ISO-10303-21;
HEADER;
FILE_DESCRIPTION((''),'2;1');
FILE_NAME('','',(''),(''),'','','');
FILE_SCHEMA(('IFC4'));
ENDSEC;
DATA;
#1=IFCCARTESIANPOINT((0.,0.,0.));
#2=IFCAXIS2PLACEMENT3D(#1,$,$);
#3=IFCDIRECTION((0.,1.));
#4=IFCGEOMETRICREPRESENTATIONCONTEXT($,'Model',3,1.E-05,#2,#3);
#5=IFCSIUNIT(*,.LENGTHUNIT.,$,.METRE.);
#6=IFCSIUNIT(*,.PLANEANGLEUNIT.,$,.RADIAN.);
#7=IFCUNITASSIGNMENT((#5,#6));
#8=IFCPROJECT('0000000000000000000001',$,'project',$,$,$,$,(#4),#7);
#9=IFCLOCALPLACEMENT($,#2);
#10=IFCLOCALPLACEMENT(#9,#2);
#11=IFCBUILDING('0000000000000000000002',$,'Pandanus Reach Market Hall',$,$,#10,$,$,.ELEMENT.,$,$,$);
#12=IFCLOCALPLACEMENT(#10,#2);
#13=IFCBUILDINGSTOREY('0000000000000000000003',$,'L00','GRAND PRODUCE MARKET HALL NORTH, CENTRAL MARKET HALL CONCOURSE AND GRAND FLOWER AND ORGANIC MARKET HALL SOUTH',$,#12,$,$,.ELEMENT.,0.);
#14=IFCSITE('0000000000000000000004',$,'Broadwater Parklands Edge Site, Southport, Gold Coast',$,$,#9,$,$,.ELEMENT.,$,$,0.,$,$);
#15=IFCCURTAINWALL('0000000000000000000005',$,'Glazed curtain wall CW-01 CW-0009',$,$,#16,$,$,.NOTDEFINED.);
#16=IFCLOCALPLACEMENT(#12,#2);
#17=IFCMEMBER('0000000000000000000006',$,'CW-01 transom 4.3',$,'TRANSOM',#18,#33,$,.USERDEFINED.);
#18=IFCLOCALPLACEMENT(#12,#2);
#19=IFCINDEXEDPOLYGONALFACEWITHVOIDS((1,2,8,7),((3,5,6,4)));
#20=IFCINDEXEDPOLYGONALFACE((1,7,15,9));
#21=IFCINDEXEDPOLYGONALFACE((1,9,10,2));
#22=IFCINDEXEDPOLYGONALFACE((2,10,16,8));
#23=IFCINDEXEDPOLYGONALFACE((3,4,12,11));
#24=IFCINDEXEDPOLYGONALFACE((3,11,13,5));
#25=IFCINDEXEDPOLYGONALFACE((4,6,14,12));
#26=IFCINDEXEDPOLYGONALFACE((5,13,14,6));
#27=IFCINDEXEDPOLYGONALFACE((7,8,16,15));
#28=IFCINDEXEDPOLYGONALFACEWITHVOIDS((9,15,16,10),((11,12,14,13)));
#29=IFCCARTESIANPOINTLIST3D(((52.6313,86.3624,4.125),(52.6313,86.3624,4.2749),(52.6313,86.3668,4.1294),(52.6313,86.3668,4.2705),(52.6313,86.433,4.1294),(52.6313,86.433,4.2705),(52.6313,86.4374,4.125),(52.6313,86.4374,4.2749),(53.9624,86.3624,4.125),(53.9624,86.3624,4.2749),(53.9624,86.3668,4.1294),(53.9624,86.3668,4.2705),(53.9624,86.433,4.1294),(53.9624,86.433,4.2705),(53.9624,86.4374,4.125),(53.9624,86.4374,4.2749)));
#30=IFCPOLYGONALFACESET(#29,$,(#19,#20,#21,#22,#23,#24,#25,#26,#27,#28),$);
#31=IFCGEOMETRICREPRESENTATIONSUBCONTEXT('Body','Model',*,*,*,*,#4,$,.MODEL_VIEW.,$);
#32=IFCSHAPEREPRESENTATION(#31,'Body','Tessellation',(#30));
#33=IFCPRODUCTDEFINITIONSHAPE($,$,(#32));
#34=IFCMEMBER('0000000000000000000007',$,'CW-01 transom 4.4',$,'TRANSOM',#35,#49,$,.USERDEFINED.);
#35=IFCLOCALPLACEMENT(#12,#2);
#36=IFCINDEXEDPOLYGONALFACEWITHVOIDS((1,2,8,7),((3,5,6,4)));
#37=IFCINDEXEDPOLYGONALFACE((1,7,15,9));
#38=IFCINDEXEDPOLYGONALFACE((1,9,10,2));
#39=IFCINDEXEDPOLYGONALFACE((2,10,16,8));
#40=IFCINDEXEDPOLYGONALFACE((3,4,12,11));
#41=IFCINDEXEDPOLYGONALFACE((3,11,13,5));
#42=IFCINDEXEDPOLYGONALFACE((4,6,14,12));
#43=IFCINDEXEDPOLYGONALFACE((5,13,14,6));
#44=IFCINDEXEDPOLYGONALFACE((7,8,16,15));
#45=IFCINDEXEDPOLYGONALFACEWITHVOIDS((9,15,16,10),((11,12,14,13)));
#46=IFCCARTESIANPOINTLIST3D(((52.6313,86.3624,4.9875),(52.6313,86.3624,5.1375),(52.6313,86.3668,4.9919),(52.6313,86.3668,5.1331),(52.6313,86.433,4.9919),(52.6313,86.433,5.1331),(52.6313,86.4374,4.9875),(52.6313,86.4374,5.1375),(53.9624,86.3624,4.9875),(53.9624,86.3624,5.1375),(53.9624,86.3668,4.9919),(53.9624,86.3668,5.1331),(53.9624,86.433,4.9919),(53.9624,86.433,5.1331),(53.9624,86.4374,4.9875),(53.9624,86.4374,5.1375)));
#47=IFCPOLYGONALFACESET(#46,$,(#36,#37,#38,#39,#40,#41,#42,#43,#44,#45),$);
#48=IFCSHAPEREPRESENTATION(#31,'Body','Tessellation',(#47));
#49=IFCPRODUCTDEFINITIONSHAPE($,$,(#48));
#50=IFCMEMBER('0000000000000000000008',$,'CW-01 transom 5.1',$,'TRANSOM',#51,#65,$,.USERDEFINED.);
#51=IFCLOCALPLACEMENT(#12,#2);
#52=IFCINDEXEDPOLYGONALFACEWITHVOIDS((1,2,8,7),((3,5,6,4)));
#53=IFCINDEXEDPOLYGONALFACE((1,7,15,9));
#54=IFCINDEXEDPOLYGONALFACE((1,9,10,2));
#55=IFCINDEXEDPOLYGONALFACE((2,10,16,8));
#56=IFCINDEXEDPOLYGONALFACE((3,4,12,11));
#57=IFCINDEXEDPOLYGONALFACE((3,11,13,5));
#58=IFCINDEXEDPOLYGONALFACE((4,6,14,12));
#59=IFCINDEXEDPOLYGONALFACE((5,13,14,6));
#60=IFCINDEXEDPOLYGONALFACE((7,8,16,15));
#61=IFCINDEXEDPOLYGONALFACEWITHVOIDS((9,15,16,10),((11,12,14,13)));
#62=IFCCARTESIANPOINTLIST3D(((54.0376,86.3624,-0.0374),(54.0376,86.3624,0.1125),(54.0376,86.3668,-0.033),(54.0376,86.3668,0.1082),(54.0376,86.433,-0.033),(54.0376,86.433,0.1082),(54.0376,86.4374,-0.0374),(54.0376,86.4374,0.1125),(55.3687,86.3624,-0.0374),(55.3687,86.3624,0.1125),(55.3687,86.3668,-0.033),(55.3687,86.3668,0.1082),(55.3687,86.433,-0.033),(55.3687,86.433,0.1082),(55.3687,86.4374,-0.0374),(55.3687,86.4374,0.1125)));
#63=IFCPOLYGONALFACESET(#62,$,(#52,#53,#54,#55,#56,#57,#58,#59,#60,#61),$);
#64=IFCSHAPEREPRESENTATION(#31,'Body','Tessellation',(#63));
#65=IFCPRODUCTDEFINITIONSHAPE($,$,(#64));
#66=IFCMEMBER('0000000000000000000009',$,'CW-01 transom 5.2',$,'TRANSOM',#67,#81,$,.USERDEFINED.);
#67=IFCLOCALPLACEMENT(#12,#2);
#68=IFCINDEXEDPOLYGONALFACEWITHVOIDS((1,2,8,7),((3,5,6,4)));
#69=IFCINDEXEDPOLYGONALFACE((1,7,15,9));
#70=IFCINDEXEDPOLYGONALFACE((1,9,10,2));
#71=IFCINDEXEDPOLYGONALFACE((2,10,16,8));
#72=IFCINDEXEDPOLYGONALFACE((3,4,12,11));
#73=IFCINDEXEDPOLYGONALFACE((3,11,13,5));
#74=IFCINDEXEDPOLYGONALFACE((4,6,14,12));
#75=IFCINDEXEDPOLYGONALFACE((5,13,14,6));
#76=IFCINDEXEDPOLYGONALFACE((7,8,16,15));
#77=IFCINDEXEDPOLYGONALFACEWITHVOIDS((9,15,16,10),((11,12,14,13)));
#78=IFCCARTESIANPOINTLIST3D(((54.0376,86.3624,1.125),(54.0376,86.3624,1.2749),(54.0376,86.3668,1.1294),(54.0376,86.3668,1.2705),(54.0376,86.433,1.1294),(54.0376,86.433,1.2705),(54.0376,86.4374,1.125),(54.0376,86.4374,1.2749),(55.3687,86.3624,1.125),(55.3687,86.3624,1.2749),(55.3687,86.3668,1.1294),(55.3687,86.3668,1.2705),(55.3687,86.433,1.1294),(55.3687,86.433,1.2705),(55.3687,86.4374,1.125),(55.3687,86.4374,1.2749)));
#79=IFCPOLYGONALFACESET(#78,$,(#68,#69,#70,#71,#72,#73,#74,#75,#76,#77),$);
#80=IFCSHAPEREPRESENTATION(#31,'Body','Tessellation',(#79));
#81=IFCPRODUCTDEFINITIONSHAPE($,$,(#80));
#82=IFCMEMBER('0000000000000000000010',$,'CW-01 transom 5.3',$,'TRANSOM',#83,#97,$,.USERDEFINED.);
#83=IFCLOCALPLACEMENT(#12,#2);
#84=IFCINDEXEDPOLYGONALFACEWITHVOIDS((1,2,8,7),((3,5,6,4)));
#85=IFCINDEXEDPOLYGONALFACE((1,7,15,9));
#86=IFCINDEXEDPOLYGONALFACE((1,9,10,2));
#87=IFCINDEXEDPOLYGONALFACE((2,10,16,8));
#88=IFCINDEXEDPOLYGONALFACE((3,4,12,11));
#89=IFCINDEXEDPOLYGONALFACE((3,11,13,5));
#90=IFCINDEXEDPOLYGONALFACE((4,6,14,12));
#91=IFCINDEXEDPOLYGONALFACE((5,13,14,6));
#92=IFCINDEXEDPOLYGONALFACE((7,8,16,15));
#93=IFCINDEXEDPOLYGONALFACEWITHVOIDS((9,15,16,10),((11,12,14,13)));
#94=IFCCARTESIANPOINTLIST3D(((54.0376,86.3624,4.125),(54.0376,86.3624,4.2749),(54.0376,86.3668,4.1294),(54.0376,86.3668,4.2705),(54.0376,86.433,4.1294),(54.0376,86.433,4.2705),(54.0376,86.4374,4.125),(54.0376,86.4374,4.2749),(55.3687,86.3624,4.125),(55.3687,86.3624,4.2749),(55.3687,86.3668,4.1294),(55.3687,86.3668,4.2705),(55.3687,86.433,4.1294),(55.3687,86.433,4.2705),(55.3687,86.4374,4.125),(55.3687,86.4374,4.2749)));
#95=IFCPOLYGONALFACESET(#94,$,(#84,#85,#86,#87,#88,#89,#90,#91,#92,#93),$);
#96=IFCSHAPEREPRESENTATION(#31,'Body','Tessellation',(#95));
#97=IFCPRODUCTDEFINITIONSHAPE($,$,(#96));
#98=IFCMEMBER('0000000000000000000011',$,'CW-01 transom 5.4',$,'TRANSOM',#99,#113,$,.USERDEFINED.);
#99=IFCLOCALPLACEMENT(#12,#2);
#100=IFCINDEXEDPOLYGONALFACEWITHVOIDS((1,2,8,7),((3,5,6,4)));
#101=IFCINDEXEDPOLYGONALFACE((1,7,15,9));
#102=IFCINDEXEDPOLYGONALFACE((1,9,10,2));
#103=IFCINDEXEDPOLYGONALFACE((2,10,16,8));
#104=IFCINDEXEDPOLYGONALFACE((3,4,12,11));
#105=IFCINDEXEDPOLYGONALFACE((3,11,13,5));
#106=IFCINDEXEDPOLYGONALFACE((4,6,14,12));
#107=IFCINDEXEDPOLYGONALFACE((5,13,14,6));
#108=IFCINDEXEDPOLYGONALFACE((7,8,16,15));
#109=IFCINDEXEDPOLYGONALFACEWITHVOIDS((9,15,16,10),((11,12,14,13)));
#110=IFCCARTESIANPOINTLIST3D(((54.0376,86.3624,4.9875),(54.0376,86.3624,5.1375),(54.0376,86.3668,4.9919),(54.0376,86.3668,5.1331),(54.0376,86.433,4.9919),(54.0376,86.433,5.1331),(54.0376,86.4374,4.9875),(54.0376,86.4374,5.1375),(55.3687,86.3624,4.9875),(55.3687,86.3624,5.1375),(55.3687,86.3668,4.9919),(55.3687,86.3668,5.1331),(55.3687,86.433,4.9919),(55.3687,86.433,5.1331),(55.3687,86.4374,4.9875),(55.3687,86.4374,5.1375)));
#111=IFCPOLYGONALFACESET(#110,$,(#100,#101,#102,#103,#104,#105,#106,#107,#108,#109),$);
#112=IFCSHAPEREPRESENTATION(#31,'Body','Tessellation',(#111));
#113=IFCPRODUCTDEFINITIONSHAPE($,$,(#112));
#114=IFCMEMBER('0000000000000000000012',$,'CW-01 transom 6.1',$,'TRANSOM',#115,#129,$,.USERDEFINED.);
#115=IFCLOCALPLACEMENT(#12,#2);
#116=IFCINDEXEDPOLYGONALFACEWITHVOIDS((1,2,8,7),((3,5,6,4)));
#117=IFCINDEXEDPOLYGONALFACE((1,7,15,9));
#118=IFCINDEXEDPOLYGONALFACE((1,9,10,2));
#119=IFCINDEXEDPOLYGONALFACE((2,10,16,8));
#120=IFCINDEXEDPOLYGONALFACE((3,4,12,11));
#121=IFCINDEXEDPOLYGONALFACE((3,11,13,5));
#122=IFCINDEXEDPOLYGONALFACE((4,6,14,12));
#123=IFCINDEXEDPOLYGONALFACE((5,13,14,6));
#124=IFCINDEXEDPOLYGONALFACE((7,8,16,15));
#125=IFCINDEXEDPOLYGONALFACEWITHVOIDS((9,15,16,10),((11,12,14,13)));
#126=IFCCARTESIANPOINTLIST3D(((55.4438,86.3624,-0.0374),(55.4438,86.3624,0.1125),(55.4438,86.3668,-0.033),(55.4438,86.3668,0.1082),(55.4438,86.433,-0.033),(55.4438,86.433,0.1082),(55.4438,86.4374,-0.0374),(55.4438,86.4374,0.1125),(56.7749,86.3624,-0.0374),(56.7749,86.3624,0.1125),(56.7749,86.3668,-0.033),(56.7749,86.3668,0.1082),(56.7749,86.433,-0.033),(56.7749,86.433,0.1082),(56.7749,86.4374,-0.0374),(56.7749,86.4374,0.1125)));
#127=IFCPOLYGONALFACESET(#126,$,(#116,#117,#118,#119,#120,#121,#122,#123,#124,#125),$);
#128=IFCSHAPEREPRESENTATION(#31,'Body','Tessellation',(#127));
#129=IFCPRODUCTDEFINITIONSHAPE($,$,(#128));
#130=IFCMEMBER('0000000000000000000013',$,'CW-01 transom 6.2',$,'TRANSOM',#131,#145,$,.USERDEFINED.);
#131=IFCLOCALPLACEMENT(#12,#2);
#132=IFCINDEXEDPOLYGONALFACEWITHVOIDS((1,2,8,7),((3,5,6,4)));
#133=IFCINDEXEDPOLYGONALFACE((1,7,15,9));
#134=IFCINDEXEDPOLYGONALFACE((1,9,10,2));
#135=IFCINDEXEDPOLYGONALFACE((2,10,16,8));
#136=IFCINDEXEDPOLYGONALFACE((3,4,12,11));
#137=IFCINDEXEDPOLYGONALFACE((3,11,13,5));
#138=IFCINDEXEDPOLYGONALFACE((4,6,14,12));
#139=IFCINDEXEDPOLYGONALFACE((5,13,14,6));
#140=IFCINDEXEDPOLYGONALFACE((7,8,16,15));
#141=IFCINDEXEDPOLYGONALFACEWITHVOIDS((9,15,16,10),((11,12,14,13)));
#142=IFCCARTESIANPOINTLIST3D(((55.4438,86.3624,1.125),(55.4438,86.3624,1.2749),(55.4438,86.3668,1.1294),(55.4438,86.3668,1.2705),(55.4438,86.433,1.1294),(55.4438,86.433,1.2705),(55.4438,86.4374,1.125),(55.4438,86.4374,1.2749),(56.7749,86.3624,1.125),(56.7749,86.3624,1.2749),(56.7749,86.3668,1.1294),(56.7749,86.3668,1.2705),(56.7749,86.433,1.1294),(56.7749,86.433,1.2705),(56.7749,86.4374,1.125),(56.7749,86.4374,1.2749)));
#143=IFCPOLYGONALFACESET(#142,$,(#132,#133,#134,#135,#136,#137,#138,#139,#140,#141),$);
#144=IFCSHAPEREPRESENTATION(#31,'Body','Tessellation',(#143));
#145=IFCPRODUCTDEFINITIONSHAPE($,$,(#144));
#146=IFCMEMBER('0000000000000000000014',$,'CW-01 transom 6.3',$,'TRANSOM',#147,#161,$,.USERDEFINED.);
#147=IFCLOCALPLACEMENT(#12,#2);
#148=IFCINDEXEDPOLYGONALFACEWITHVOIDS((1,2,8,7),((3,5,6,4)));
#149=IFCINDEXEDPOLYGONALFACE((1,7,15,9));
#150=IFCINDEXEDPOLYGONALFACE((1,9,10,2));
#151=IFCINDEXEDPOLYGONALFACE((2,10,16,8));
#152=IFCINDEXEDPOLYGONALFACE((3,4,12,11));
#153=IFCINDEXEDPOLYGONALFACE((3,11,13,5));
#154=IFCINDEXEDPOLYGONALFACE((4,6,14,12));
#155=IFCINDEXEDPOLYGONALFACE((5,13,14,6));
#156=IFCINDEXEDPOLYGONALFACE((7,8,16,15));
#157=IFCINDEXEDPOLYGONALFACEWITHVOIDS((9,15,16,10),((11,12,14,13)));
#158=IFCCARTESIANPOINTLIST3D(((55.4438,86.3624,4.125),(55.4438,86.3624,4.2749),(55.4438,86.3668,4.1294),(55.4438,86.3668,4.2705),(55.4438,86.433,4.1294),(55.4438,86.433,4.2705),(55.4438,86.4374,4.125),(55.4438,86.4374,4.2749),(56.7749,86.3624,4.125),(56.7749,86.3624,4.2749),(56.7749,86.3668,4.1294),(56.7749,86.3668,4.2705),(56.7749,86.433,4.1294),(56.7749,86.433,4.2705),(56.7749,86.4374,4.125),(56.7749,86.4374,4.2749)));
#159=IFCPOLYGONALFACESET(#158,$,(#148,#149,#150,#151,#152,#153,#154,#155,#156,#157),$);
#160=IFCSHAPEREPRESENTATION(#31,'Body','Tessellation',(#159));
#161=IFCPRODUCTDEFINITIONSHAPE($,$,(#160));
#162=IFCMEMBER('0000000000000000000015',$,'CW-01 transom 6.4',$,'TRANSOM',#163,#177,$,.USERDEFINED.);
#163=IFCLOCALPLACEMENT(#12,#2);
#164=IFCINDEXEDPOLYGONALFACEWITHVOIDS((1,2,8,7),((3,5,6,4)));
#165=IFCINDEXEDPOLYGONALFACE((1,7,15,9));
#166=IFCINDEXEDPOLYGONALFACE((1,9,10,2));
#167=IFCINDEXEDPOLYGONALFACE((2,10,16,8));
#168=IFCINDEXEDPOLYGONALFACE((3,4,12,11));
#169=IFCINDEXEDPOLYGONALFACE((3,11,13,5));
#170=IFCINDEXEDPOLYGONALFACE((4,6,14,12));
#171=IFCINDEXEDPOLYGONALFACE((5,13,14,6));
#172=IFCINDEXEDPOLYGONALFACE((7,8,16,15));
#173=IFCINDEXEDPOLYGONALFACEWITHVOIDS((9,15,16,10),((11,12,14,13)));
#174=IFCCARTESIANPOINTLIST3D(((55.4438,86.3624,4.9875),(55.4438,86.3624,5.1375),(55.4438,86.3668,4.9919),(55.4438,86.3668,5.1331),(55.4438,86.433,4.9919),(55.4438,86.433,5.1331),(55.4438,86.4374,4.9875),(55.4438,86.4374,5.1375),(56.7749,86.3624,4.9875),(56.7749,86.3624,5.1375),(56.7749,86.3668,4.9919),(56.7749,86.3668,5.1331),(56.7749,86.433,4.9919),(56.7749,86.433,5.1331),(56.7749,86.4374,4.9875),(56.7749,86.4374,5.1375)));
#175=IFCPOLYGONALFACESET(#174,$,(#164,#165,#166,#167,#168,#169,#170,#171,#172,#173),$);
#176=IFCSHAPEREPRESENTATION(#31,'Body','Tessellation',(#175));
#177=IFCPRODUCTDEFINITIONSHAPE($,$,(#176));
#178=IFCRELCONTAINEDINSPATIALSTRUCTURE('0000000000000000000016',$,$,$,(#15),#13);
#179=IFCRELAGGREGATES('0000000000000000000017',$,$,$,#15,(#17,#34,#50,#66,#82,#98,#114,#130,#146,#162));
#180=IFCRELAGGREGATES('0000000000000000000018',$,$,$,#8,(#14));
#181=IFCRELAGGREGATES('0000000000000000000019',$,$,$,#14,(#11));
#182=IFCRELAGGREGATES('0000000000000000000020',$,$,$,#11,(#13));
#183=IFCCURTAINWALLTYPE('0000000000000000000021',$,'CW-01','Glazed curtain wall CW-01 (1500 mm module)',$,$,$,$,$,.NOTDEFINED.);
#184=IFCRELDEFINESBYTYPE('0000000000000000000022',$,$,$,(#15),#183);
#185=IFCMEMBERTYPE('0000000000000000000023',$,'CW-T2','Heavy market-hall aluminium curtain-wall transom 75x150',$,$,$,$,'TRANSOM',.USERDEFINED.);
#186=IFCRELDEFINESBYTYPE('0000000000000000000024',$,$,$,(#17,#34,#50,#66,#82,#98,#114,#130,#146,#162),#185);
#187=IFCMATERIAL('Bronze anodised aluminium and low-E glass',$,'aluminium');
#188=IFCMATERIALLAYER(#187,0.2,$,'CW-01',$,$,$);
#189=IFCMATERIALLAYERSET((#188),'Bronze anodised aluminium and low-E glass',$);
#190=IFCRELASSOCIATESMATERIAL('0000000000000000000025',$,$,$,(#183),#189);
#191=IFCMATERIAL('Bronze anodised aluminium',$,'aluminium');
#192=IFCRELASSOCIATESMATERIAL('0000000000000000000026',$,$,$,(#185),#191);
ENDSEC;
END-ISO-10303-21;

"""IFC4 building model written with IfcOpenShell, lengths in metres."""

from ifc_helpers import new_model, si_unit, direction, frame, origin, origin_2d, place, context, subcontext, project, spatial, hollow_rectangle, extrude, material, layer, layer_set, material_profile, profile_set, type_object, element, aggregate, save


model = new_model("IFC4")

# Units and contexts
model_context = context("Model", 3, precision=1e-05, world=origin(), true_north=direction((0.0, 1.0)))
body_context = subcontext(model_context, "Body", "Model", "MODEL_VIEW")
ifc_project = project(units=[si_unit("LENGTHUNIT", "METRE"), si_unit("PLANEANGLEUNIT", "RADIAN")], contexts=[model_context])

# Site, building, storey
site_placement = place(None, origin())
site = spatial("IfcSite", under=ifc_project, at=site_placement, Name="Broadwater Parklands Edge Site, Southport, Gold Coast", CompositionType="ELEMENT", RefElevation=0.0)
building_placement = place(site_placement, origin())
building = spatial("IfcBuilding", under=site, at=building_placement, Name="Pandanus Reach Market Hall", CompositionType="ELEMENT")
storey_placement = place(building_placement, origin())
storey = spatial("IfcBuildingStorey", under=building, at=storey_placement, Name="L00", Description="GRAND PRODUCE MARKET HALL NORTH, CENTRAL MARKET HALL CONCOURSE AND GRAND FLOWER AND ORGANIC MARKET HALL SOUTH", CompositionType="ELEMENT", Elevation=0.0)

# Curtain wall, members
ifc_material_1 = material(Name="Bronze anodised aluminium and low-E glass", Category="aluminium")
ifc_layer_1 = layer(ifc_material_1, 0.2, Name="CW-01")
ifc_layer_set_1 = layer_set([ifc_layer_1], Name="Bronze anodised aluminium and low-E glass")
curtain_wall_type = type_object("IfcCurtainWallType", Name="CW-01", Description="Glazed curtain wall CW-01 (1500 mm module)", PredefinedType="NOTDEFINED", material=ifc_layer_set_1)
curtain_wall_placement = place(storey_placement, origin())
curtain_wall = element("IfcCurtainWall", 1, at=curtain_wall_placement, inside=storey, type_object=curtain_wall_type, Name="Glazed curtain wall CW-01 CW-0009", PredefinedType="NOTDEFINED")
ifc_material_2 = material(Name="Bronze anodised aluminium", Category="aluminium")
ifc_material_profile_1 = material_profile(ifc_material_2, hollow_rectangle(XDim=0.075, YDim=0.1499, WallThickness=0.0044, at=origin_2d()), Name="ALU75x150", Category="LoadBearing")
ifc_profile_set_1 = profile_set([ifc_material_profile_1], Name="Bronze anodised aluminium")
member_type_1 = type_object("IfcMemberType", Name="CW-T2", Description="Heavy market-hall aluminium curtain-wall transom 75x150", ElementType="TRANSOM", PredefinedType="USERDEFINED", material=ifc_profile_set_1)
member_1_placement = place(storey_placement, frame((52.6313, 86.3999, 4.2), z_axis=(1.0, 0.0, 0.0), x_axis=(0.0, 1.0, 0.0)))
member_1 = element("IfcMember", 2, at=member_1_placement, type_object=member_type_1, Name="CW-01 transom 4.3", ObjectType="TRANSOM", PredefinedType="USERDEFINED", context=body_context, shape_type="SweptSolid", body=[
    extrude(hollow_rectangle(XDim=0.075, YDim=0.1499, WallThickness=0.0044, at=origin_2d()), origin(), (0.0, 0.0, 1.0), 1.3311),
])
member_2_placement = place(storey_placement, frame((52.6313, 86.3999, 5.0625), z_axis=(1.0, 0.0, 0.0), x_axis=(0.0, 1.0, 0.0)))
member_2 = element("IfcMember", 3, at=member_2_placement, type_object=member_type_1, Name="CW-01 transom 4.4", ObjectType="TRANSOM", PredefinedType="USERDEFINED", context=body_context, shape_type="SweptSolid", body=[
    extrude(hollow_rectangle(XDim=0.075, YDim=0.1499, WallThickness=0.0044, at=origin_2d()), origin(), (0.0, 0.0, 1.0), 1.3311),
])
member_3_placement = place(storey_placement, frame((54.0376, 86.3999, 0.0376), z_axis=(1.0, 0.0, 0.0), x_axis=(0.0, 1.0, 0.0)))
member_3 = element("IfcMember", 4, at=member_3_placement, type_object=member_type_1, Name="CW-01 transom 5.1", ObjectType="TRANSOM", PredefinedType="USERDEFINED", context=body_context, shape_type="SweptSolid", body=[
    extrude(hollow_rectangle(XDim=0.075, YDim=0.1499, WallThickness=0.0044, at=origin_2d()), origin(), (0.0, 0.0, 1.0), 1.3311),
])
member_4_placement = place(storey_placement, frame((54.0376, 86.3999, 1.2), z_axis=(1.0, 0.0, 0.0), x_axis=(0.0, 1.0, 0.0)))
member_4 = element("IfcMember", 5, at=member_4_placement, type_object=member_type_1, Name="CW-01 transom 5.2", ObjectType="TRANSOM", PredefinedType="USERDEFINED", context=body_context, shape_type="SweptSolid", body=[
    extrude(hollow_rectangle(XDim=0.075, YDim=0.1499, WallThickness=0.0044, at=origin_2d()), origin(), (0.0, 0.0, 1.0), 1.3311),
])
member_5_placement = place(storey_placement, frame((54.0376, 86.3999, 4.2), z_axis=(1.0, 0.0, 0.0), x_axis=(0.0, 1.0, 0.0)))
member_5 = element("IfcMember", 6, at=member_5_placement, type_object=member_type_1, Name="CW-01 transom 5.3", ObjectType="TRANSOM", PredefinedType="USERDEFINED", context=body_context, shape_type="SweptSolid", body=[
    extrude(hollow_rectangle(XDim=0.075, YDim=0.1499, WallThickness=0.0044, at=origin_2d()), origin(), (0.0, 0.0, 1.0), 1.3311),
])
member_6_placement = place(storey_placement, frame((54.0376, 86.3999, 5.0625), z_axis=(1.0, 0.0, 0.0), x_axis=(0.0, 1.0, 0.0)))
member_6 = element("IfcMember", 7, at=member_6_placement, type_object=member_type_1, Name="CW-01 transom 5.4", ObjectType="TRANSOM", PredefinedType="USERDEFINED", context=body_context, shape_type="SweptSolid", body=[
    extrude(hollow_rectangle(XDim=0.075, YDim=0.1499, WallThickness=0.0044, at=origin_2d()), origin(), (0.0, 0.0, 1.0), 1.3311),
])
member_7_placement = place(storey_placement, frame((55.4438, 86.3999, 0.0376), z_axis=(1.0, 0.0, 0.0), x_axis=(0.0, 1.0, 0.0)))
member_7 = element("IfcMember", 8, at=member_7_placement, type_object=member_type_1, Name="CW-01 transom 6.1", ObjectType="TRANSOM", PredefinedType="USERDEFINED", context=body_context, shape_type="SweptSolid", body=[
    extrude(hollow_rectangle(XDim=0.075, YDim=0.1499, WallThickness=0.0044, at=origin_2d()), origin(), (0.0, 0.0, 1.0), 1.3311),
])
member_8_placement = place(storey_placement, frame((55.4438, 86.3999, 1.2), z_axis=(1.0, 0.0, 0.0), x_axis=(0.0, 1.0, 0.0)))
member_8 = element("IfcMember", 9, at=member_8_placement, type_object=member_type_1, Name="CW-01 transom 6.2", ObjectType="TRANSOM", PredefinedType="USERDEFINED", context=body_context, shape_type="SweptSolid", body=[
    extrude(hollow_rectangle(XDim=0.075, YDim=0.1499, WallThickness=0.0044, at=origin_2d()), origin(), (0.0, 0.0, 1.0), 1.3311),
])
member_9_placement = place(storey_placement, frame((55.4438, 86.3999, 4.2), z_axis=(1.0, 0.0, 0.0), x_axis=(0.0, 1.0, 0.0)))
member_9 = element("IfcMember", 10, at=member_9_placement, type_object=member_type_1, Name="CW-01 transom 6.3", ObjectType="TRANSOM", PredefinedType="USERDEFINED", context=body_context, shape_type="SweptSolid", body=[
    extrude(hollow_rectangle(XDim=0.075, YDim=0.1499, WallThickness=0.0044, at=origin_2d()), origin(), (0.0, 0.0, 1.0), 1.3311),
])
member_10_placement = place(storey_placement, frame((55.4438, 86.3999, 5.0625), z_axis=(1.0, 0.0, 0.0), x_axis=(0.0, 1.0, 0.0)))
member_10 = element("IfcMember", 11, at=member_10_placement, type_object=member_type_1, Name="CW-01 transom 6.4", ObjectType="TRANSOM", PredefinedType="USERDEFINED", context=body_context, shape_type="SweptSolid", body=[
    extrude(hollow_rectangle(XDim=0.075, YDim=0.1499, WallThickness=0.0044, at=origin_2d()), origin(), (0.0, 0.0, 1.0), 1.3311),
])

aggregate(curtain_wall, [member_1, member_2, member_3, member_4, member_5, member_6, member_7, member_8, member_9, member_10])

save(model, "model.ifc")
